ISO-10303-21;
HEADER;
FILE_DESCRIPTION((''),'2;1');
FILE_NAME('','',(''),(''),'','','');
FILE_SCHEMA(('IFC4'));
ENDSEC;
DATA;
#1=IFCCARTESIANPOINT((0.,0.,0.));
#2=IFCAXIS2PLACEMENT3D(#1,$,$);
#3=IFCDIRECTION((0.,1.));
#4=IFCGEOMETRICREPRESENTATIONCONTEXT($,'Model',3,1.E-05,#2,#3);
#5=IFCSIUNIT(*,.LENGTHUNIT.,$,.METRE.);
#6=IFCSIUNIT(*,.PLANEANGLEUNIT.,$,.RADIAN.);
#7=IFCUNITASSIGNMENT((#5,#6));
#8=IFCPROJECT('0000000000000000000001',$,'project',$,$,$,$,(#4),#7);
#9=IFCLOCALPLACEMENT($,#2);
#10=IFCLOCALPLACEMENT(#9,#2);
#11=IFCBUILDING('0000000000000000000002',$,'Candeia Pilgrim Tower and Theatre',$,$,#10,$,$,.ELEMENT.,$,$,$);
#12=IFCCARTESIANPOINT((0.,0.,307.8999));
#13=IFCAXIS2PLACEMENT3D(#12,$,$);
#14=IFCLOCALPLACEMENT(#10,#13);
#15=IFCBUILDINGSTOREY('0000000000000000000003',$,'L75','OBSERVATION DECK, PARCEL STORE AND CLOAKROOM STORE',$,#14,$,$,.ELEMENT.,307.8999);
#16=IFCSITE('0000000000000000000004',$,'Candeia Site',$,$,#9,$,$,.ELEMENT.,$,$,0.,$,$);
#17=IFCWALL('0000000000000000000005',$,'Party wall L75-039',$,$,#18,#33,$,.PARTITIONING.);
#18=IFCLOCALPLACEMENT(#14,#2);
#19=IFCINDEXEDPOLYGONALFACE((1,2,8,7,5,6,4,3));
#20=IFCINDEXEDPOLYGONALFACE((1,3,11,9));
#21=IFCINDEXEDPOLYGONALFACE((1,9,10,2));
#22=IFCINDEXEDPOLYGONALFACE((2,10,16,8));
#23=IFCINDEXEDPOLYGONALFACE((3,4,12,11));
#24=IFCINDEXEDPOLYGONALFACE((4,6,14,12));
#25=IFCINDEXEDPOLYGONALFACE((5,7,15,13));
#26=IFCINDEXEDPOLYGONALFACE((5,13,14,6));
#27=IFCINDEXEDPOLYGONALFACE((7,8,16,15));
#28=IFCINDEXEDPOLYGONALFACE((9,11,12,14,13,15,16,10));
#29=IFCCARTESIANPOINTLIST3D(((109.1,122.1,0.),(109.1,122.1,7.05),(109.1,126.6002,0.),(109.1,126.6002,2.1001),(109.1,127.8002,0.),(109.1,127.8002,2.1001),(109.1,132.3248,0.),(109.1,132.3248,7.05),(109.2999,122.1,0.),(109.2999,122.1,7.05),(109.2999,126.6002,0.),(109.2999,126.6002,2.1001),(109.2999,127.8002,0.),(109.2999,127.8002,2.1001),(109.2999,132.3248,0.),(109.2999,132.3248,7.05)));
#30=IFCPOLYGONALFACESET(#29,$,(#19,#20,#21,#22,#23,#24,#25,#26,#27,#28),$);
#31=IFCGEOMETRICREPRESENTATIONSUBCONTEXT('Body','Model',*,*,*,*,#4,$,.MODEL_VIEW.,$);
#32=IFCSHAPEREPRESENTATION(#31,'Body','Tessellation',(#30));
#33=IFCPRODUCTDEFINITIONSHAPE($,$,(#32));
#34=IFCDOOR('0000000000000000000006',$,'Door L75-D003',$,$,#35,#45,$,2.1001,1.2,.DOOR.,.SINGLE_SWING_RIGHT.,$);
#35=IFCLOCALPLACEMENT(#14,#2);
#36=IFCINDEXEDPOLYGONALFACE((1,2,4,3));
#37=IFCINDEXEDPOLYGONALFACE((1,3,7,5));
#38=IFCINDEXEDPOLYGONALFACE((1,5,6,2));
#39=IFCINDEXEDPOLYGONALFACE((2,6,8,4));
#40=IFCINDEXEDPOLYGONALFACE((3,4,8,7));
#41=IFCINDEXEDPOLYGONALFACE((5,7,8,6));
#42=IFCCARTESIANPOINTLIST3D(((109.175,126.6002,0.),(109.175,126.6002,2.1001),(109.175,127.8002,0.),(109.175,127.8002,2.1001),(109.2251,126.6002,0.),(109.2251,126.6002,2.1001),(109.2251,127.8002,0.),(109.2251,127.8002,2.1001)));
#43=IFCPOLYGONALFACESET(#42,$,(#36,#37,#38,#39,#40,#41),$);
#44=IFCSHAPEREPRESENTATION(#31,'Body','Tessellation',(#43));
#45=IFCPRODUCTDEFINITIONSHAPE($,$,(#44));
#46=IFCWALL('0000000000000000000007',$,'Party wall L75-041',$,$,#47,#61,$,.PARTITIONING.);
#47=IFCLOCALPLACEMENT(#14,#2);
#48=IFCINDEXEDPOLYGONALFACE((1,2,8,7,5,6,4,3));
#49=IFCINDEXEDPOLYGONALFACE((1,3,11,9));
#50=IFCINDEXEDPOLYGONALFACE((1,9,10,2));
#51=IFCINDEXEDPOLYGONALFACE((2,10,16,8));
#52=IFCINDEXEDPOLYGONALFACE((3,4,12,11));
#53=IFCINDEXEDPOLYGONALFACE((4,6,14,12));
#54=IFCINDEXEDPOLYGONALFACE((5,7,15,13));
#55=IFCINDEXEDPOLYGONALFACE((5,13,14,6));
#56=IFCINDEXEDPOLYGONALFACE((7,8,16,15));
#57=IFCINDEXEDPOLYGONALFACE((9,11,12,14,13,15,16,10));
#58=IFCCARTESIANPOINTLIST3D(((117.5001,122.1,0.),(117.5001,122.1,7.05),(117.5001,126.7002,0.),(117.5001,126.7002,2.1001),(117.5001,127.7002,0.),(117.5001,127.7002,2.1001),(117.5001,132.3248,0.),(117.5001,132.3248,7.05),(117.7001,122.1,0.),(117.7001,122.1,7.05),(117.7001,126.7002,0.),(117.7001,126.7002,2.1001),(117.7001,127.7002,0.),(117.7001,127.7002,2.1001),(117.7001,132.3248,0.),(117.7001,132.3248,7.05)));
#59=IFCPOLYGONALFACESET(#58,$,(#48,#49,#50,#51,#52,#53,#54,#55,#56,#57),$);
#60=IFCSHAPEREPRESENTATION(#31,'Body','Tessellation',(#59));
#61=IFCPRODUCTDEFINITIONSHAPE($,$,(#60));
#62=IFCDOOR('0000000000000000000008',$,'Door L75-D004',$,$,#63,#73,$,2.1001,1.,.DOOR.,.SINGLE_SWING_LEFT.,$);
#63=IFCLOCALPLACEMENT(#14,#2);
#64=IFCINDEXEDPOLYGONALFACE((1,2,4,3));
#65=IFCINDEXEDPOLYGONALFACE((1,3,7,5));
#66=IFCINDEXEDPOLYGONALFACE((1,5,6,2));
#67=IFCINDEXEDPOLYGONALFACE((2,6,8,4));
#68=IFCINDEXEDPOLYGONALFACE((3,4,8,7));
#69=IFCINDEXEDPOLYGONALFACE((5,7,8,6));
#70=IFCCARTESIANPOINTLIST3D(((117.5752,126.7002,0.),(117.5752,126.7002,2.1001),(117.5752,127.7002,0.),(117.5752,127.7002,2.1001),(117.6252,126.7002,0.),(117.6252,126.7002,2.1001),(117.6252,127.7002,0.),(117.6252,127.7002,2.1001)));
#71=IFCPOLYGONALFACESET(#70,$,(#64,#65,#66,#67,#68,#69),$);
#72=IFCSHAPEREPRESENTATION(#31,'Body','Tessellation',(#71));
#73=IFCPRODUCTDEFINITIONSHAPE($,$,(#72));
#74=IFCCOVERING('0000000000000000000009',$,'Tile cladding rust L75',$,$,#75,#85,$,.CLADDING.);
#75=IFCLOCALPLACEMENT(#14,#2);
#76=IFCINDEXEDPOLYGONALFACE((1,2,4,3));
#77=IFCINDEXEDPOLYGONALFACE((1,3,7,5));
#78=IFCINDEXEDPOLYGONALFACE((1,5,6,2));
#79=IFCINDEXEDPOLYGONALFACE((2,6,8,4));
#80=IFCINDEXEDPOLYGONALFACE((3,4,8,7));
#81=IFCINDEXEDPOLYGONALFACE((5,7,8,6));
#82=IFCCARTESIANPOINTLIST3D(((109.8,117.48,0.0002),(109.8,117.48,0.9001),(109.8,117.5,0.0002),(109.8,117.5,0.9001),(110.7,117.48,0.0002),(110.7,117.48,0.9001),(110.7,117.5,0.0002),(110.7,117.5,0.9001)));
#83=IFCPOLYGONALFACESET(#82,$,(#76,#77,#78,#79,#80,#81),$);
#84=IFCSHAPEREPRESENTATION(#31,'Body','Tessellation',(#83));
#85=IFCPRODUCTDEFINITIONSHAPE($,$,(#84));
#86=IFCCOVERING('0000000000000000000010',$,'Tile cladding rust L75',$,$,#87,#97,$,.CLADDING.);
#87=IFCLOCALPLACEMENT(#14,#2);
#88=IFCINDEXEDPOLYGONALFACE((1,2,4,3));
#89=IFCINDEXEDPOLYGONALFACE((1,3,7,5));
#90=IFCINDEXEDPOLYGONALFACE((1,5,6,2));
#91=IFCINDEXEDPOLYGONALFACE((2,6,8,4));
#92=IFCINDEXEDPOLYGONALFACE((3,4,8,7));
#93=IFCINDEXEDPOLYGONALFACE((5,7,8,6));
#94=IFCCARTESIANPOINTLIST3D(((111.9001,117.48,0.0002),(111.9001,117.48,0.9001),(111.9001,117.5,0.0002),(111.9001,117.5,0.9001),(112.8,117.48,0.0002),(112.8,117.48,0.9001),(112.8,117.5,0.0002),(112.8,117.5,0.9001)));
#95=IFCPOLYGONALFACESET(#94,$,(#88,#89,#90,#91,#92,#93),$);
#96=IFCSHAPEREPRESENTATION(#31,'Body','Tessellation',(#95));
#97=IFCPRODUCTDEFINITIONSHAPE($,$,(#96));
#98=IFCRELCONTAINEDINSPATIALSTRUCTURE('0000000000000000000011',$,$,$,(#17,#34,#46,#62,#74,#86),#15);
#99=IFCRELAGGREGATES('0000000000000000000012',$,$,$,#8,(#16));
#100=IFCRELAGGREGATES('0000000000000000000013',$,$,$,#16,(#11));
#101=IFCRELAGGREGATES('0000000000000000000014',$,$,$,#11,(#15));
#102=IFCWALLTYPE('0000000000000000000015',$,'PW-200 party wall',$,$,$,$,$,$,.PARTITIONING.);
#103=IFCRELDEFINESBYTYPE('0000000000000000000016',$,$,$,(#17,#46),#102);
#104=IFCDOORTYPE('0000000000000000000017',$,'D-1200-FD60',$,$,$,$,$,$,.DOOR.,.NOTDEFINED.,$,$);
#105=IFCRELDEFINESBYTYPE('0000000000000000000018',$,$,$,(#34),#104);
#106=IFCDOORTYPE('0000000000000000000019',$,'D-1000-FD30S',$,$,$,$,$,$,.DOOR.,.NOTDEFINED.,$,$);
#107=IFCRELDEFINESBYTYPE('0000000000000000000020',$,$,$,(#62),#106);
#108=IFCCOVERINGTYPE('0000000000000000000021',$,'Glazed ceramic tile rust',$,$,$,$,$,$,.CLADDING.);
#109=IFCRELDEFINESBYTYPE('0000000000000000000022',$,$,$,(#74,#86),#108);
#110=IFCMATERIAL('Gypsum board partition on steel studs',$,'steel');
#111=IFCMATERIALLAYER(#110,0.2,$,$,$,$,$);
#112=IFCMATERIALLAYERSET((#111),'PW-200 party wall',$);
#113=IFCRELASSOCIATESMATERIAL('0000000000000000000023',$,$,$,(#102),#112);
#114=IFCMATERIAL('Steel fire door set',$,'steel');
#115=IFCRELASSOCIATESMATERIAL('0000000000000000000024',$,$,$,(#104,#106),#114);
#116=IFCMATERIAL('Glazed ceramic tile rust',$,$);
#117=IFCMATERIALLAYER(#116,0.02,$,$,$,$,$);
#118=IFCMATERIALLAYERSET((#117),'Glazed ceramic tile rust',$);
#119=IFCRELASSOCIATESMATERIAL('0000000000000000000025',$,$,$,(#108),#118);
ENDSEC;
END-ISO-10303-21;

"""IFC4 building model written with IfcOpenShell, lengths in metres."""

from ifc_helpers import new_model, si_unit, direction, frame, frame_2d, origin, origin_2d, place, context, subcontext, project, spatial, rectangle, extrude, material, layer, layer_set, type_object, element, fill, save


model = new_model("IFC4")

# Units and contexts
model_context = context("Model", 3, precision=1e-05, world=origin(), true_north=direction((0.0, 1.0)))
body_context = subcontext(model_context, "Body", "Model", "MODEL_VIEW")
ifc_project = project(units=[si_unit("LENGTHUNIT", "METRE"), si_unit("PLANEANGLEUNIT", "RADIAN")], contexts=[model_context])

# Site, building, storey
site_placement = place(None, origin())
site = spatial("IfcSite", under=ifc_project, at=site_placement, Name="Candeia Site", CompositionType="ELEMENT", RefElevation=0.0)
building_placement = place(site_placement, origin())
building = spatial("IfcBuilding", under=site, at=building_placement, Name="Candeia Pilgrim Tower and Theatre", CompositionType="ELEMENT")
storey_placement = place(building_placement, frame((0.0, 0.0, 307.8999)))
storey = spatial("IfcBuildingStorey", under=building, at=storey_placement, Name="L75", Description="OBSERVATION DECK, PARCEL STORE AND CLOAKROOM STORE", CompositionType="ELEMENT", Elevation=307.8999)

# Shared definitions
ifc_material_1 = material(Name="Gypsum board partition on steel studs", Category="steel")
ifc_layer_1 = layer(ifc_material_1, 0.2)
ifc_layer_set_1 = layer_set([ifc_layer_1], Name="PW-200 party wall")
wall_type_1 = type_object("IfcWallType", Name="PW-200 party wall", PredefinedType="PARTITIONING", material=ifc_layer_set_1)

# Walls, openings, doors
wall_1_placement = place(storey_placement, frame((109.2, 122.1001, 0.0), z_axis=(0.0, 0.0, 1.0), x_axis=(0.0, 1.0, 0.0)))
wall_1 = element("IfcWall", 1, at=wall_1_placement, inside=storey, type_object=wall_type_1, Name="Party wall L75-039", PredefinedType="PARTITIONING", context=body_context, shape_type="SweptSolid", body=[
    extrude(rectangle(XDim=10.2249, YDim=0.2, at=frame_2d((5.1123, 0.0))), origin(), (0.0, 0.0, 1.0), 7.05),
])
opening_1_placement = place(wall_1_placement, frame((4.5, 0.0, 0.0)))
opening_1 = element("IfcOpeningElement", 2, at=opening_1_placement, cuts=wall_1, PredefinedType="OPENING", context=body_context, shape_type="SweptSolid", body=[
    extrude(rectangle(XDim=1.2, YDim=2.1001, at=frame_2d((0.6001, 1.05))), frame((0.0, 0.1099, 0.0), z_axis=(0.0, -1.0, 0.0), x_axis=(1.0, 0.0, 0.0)), (0.0, 0.0, 1.0), 0.22),
])
ifc_material_2 = material(Name="Steel fire door set", Category="steel")
door_type_1 = type_object("IfcDoorType", Name="D-1200-FD60", OperationType="NOTDEFINED", PredefinedType="DOOR", material=ifc_material_2)
door_1_placement = place(opening_1_placement, origin())
door_1 = element("IfcDoor", 3, at=door_1_placement, inside=storey, type_object=door_type_1, Name="Door L75-D003", OperationType="SINGLE_SWING_RIGHT", OverallHeight=2.1001, OverallWidth=1.2, PredefinedType="DOOR", context=body_context, shape_type="SweptSolid", body=[
    extrude(rectangle(XDim=1.2, YDim=2.1001, at=frame_2d((0.6001, 1.05))), frame((0.0, 0.0249, 0.0), z_axis=(0.0, -1.0, 0.0), x_axis=(1.0, 0.0, 0.0)), (0.0, 0.0, 1.0), 0.05),
])
fill(opening_1, door_1)
wall_2_placement = place(storey_placement, frame((117.6001, 122.1001, 0.0), z_axis=(0.0, 0.0, 1.0), x_axis=(0.0, 1.0, 0.0)))
wall_2 = element("IfcWall", 4, at=wall_2_placement, inside=storey, type_object=wall_type_1, Name="Party wall L75-041", PredefinedType="PARTITIONING", context=body_context, shape_type="SweptSolid", body=[
    extrude(rectangle(XDim=10.2249, YDim=0.2, at=frame_2d((5.1123, 0.0))), origin(), (0.0, 0.0, 1.0), 7.05),
])
opening_2_placement = place(wall_2_placement, frame((4.6001, 0.0, 0.0)))
opening_2 = element("IfcOpeningElement", 5, at=opening_2_placement, cuts=wall_2, PredefinedType="OPENING", context=body_context, shape_type="SweptSolid", body=[
    extrude(rectangle(XDim=1.0, YDim=2.1001, at=frame_2d((0.5, 1.05))), frame((0.0, 0.1099, 0.0), z_axis=(0.0, -1.0, 0.0), x_axis=(1.0, 0.0, 0.0)), (0.0, 0.0, 1.0), 0.22),
])
door_type_2 = type_object("IfcDoorType", Name="D-1000-FD30S", OperationType="NOTDEFINED", PredefinedType="DOOR", material=ifc_material_2)
door_2_placement = place(opening_2_placement, origin())
door_2 = element("IfcDoor", 6, at=door_2_placement, inside=storey, type_object=door_type_2, Name="Door L75-D004", OperationType="SINGLE_SWING_LEFT", OverallHeight=2.1001, OverallWidth=1.0, PredefinedType="DOOR", context=body_context, shape_type="SweptSolid", body=[
    extrude(rectangle(XDim=1.0, YDim=2.1001, at=frame_2d((0.5, 1.05))), frame((0.0, 0.0249, 0.0), z_axis=(0.0, -1.0, 0.0), x_axis=(1.0, 0.0, 0.0)), (0.0, 0.0, 1.0), 0.05),
])
fill(opening_2, door_2)

# Coverings
ifc_material_3 = material(Name="Glazed ceramic tile rust")
ifc_layer_2 = layer(ifc_material_3, 0.02)
ifc_layer_set_2 = layer_set([ifc_layer_2], Name="Glazed ceramic tile rust")
covering_type = type_object("IfcCoveringType", Name="Glazed ceramic tile rust", PredefinedType="CLADDING", material=ifc_layer_set_2)
for number, where, z_axis, x_axis, name in (
    (7, (110.25, 117.49, 0.0002), (0.0, 0.0, 1.0), (1.0, 0.0, 0.0), "Tile cladding rust L75"),
    (8, (112.3501, 117.49, 0.0002), (0.0, 0.0, 1.0), (1.0, 0.0, 0.0), "Tile cladding rust L75"),
):
    element("IfcCovering", number, at=place(storey_placement, frame(where, z_axis=z_axis, x_axis=x_axis)), inside=storey, type_object=covering_type, Name=name, PredefinedType="CLADDING", context=body_context, shape_type="SweptSolid", body=[
        extrude(rectangle(XDim=0.8999, YDim=0.02, at=origin_2d()), origin(), (0.0, 0.0, 1.0), 0.8999),
    ])

save(model, "model.ifc")
